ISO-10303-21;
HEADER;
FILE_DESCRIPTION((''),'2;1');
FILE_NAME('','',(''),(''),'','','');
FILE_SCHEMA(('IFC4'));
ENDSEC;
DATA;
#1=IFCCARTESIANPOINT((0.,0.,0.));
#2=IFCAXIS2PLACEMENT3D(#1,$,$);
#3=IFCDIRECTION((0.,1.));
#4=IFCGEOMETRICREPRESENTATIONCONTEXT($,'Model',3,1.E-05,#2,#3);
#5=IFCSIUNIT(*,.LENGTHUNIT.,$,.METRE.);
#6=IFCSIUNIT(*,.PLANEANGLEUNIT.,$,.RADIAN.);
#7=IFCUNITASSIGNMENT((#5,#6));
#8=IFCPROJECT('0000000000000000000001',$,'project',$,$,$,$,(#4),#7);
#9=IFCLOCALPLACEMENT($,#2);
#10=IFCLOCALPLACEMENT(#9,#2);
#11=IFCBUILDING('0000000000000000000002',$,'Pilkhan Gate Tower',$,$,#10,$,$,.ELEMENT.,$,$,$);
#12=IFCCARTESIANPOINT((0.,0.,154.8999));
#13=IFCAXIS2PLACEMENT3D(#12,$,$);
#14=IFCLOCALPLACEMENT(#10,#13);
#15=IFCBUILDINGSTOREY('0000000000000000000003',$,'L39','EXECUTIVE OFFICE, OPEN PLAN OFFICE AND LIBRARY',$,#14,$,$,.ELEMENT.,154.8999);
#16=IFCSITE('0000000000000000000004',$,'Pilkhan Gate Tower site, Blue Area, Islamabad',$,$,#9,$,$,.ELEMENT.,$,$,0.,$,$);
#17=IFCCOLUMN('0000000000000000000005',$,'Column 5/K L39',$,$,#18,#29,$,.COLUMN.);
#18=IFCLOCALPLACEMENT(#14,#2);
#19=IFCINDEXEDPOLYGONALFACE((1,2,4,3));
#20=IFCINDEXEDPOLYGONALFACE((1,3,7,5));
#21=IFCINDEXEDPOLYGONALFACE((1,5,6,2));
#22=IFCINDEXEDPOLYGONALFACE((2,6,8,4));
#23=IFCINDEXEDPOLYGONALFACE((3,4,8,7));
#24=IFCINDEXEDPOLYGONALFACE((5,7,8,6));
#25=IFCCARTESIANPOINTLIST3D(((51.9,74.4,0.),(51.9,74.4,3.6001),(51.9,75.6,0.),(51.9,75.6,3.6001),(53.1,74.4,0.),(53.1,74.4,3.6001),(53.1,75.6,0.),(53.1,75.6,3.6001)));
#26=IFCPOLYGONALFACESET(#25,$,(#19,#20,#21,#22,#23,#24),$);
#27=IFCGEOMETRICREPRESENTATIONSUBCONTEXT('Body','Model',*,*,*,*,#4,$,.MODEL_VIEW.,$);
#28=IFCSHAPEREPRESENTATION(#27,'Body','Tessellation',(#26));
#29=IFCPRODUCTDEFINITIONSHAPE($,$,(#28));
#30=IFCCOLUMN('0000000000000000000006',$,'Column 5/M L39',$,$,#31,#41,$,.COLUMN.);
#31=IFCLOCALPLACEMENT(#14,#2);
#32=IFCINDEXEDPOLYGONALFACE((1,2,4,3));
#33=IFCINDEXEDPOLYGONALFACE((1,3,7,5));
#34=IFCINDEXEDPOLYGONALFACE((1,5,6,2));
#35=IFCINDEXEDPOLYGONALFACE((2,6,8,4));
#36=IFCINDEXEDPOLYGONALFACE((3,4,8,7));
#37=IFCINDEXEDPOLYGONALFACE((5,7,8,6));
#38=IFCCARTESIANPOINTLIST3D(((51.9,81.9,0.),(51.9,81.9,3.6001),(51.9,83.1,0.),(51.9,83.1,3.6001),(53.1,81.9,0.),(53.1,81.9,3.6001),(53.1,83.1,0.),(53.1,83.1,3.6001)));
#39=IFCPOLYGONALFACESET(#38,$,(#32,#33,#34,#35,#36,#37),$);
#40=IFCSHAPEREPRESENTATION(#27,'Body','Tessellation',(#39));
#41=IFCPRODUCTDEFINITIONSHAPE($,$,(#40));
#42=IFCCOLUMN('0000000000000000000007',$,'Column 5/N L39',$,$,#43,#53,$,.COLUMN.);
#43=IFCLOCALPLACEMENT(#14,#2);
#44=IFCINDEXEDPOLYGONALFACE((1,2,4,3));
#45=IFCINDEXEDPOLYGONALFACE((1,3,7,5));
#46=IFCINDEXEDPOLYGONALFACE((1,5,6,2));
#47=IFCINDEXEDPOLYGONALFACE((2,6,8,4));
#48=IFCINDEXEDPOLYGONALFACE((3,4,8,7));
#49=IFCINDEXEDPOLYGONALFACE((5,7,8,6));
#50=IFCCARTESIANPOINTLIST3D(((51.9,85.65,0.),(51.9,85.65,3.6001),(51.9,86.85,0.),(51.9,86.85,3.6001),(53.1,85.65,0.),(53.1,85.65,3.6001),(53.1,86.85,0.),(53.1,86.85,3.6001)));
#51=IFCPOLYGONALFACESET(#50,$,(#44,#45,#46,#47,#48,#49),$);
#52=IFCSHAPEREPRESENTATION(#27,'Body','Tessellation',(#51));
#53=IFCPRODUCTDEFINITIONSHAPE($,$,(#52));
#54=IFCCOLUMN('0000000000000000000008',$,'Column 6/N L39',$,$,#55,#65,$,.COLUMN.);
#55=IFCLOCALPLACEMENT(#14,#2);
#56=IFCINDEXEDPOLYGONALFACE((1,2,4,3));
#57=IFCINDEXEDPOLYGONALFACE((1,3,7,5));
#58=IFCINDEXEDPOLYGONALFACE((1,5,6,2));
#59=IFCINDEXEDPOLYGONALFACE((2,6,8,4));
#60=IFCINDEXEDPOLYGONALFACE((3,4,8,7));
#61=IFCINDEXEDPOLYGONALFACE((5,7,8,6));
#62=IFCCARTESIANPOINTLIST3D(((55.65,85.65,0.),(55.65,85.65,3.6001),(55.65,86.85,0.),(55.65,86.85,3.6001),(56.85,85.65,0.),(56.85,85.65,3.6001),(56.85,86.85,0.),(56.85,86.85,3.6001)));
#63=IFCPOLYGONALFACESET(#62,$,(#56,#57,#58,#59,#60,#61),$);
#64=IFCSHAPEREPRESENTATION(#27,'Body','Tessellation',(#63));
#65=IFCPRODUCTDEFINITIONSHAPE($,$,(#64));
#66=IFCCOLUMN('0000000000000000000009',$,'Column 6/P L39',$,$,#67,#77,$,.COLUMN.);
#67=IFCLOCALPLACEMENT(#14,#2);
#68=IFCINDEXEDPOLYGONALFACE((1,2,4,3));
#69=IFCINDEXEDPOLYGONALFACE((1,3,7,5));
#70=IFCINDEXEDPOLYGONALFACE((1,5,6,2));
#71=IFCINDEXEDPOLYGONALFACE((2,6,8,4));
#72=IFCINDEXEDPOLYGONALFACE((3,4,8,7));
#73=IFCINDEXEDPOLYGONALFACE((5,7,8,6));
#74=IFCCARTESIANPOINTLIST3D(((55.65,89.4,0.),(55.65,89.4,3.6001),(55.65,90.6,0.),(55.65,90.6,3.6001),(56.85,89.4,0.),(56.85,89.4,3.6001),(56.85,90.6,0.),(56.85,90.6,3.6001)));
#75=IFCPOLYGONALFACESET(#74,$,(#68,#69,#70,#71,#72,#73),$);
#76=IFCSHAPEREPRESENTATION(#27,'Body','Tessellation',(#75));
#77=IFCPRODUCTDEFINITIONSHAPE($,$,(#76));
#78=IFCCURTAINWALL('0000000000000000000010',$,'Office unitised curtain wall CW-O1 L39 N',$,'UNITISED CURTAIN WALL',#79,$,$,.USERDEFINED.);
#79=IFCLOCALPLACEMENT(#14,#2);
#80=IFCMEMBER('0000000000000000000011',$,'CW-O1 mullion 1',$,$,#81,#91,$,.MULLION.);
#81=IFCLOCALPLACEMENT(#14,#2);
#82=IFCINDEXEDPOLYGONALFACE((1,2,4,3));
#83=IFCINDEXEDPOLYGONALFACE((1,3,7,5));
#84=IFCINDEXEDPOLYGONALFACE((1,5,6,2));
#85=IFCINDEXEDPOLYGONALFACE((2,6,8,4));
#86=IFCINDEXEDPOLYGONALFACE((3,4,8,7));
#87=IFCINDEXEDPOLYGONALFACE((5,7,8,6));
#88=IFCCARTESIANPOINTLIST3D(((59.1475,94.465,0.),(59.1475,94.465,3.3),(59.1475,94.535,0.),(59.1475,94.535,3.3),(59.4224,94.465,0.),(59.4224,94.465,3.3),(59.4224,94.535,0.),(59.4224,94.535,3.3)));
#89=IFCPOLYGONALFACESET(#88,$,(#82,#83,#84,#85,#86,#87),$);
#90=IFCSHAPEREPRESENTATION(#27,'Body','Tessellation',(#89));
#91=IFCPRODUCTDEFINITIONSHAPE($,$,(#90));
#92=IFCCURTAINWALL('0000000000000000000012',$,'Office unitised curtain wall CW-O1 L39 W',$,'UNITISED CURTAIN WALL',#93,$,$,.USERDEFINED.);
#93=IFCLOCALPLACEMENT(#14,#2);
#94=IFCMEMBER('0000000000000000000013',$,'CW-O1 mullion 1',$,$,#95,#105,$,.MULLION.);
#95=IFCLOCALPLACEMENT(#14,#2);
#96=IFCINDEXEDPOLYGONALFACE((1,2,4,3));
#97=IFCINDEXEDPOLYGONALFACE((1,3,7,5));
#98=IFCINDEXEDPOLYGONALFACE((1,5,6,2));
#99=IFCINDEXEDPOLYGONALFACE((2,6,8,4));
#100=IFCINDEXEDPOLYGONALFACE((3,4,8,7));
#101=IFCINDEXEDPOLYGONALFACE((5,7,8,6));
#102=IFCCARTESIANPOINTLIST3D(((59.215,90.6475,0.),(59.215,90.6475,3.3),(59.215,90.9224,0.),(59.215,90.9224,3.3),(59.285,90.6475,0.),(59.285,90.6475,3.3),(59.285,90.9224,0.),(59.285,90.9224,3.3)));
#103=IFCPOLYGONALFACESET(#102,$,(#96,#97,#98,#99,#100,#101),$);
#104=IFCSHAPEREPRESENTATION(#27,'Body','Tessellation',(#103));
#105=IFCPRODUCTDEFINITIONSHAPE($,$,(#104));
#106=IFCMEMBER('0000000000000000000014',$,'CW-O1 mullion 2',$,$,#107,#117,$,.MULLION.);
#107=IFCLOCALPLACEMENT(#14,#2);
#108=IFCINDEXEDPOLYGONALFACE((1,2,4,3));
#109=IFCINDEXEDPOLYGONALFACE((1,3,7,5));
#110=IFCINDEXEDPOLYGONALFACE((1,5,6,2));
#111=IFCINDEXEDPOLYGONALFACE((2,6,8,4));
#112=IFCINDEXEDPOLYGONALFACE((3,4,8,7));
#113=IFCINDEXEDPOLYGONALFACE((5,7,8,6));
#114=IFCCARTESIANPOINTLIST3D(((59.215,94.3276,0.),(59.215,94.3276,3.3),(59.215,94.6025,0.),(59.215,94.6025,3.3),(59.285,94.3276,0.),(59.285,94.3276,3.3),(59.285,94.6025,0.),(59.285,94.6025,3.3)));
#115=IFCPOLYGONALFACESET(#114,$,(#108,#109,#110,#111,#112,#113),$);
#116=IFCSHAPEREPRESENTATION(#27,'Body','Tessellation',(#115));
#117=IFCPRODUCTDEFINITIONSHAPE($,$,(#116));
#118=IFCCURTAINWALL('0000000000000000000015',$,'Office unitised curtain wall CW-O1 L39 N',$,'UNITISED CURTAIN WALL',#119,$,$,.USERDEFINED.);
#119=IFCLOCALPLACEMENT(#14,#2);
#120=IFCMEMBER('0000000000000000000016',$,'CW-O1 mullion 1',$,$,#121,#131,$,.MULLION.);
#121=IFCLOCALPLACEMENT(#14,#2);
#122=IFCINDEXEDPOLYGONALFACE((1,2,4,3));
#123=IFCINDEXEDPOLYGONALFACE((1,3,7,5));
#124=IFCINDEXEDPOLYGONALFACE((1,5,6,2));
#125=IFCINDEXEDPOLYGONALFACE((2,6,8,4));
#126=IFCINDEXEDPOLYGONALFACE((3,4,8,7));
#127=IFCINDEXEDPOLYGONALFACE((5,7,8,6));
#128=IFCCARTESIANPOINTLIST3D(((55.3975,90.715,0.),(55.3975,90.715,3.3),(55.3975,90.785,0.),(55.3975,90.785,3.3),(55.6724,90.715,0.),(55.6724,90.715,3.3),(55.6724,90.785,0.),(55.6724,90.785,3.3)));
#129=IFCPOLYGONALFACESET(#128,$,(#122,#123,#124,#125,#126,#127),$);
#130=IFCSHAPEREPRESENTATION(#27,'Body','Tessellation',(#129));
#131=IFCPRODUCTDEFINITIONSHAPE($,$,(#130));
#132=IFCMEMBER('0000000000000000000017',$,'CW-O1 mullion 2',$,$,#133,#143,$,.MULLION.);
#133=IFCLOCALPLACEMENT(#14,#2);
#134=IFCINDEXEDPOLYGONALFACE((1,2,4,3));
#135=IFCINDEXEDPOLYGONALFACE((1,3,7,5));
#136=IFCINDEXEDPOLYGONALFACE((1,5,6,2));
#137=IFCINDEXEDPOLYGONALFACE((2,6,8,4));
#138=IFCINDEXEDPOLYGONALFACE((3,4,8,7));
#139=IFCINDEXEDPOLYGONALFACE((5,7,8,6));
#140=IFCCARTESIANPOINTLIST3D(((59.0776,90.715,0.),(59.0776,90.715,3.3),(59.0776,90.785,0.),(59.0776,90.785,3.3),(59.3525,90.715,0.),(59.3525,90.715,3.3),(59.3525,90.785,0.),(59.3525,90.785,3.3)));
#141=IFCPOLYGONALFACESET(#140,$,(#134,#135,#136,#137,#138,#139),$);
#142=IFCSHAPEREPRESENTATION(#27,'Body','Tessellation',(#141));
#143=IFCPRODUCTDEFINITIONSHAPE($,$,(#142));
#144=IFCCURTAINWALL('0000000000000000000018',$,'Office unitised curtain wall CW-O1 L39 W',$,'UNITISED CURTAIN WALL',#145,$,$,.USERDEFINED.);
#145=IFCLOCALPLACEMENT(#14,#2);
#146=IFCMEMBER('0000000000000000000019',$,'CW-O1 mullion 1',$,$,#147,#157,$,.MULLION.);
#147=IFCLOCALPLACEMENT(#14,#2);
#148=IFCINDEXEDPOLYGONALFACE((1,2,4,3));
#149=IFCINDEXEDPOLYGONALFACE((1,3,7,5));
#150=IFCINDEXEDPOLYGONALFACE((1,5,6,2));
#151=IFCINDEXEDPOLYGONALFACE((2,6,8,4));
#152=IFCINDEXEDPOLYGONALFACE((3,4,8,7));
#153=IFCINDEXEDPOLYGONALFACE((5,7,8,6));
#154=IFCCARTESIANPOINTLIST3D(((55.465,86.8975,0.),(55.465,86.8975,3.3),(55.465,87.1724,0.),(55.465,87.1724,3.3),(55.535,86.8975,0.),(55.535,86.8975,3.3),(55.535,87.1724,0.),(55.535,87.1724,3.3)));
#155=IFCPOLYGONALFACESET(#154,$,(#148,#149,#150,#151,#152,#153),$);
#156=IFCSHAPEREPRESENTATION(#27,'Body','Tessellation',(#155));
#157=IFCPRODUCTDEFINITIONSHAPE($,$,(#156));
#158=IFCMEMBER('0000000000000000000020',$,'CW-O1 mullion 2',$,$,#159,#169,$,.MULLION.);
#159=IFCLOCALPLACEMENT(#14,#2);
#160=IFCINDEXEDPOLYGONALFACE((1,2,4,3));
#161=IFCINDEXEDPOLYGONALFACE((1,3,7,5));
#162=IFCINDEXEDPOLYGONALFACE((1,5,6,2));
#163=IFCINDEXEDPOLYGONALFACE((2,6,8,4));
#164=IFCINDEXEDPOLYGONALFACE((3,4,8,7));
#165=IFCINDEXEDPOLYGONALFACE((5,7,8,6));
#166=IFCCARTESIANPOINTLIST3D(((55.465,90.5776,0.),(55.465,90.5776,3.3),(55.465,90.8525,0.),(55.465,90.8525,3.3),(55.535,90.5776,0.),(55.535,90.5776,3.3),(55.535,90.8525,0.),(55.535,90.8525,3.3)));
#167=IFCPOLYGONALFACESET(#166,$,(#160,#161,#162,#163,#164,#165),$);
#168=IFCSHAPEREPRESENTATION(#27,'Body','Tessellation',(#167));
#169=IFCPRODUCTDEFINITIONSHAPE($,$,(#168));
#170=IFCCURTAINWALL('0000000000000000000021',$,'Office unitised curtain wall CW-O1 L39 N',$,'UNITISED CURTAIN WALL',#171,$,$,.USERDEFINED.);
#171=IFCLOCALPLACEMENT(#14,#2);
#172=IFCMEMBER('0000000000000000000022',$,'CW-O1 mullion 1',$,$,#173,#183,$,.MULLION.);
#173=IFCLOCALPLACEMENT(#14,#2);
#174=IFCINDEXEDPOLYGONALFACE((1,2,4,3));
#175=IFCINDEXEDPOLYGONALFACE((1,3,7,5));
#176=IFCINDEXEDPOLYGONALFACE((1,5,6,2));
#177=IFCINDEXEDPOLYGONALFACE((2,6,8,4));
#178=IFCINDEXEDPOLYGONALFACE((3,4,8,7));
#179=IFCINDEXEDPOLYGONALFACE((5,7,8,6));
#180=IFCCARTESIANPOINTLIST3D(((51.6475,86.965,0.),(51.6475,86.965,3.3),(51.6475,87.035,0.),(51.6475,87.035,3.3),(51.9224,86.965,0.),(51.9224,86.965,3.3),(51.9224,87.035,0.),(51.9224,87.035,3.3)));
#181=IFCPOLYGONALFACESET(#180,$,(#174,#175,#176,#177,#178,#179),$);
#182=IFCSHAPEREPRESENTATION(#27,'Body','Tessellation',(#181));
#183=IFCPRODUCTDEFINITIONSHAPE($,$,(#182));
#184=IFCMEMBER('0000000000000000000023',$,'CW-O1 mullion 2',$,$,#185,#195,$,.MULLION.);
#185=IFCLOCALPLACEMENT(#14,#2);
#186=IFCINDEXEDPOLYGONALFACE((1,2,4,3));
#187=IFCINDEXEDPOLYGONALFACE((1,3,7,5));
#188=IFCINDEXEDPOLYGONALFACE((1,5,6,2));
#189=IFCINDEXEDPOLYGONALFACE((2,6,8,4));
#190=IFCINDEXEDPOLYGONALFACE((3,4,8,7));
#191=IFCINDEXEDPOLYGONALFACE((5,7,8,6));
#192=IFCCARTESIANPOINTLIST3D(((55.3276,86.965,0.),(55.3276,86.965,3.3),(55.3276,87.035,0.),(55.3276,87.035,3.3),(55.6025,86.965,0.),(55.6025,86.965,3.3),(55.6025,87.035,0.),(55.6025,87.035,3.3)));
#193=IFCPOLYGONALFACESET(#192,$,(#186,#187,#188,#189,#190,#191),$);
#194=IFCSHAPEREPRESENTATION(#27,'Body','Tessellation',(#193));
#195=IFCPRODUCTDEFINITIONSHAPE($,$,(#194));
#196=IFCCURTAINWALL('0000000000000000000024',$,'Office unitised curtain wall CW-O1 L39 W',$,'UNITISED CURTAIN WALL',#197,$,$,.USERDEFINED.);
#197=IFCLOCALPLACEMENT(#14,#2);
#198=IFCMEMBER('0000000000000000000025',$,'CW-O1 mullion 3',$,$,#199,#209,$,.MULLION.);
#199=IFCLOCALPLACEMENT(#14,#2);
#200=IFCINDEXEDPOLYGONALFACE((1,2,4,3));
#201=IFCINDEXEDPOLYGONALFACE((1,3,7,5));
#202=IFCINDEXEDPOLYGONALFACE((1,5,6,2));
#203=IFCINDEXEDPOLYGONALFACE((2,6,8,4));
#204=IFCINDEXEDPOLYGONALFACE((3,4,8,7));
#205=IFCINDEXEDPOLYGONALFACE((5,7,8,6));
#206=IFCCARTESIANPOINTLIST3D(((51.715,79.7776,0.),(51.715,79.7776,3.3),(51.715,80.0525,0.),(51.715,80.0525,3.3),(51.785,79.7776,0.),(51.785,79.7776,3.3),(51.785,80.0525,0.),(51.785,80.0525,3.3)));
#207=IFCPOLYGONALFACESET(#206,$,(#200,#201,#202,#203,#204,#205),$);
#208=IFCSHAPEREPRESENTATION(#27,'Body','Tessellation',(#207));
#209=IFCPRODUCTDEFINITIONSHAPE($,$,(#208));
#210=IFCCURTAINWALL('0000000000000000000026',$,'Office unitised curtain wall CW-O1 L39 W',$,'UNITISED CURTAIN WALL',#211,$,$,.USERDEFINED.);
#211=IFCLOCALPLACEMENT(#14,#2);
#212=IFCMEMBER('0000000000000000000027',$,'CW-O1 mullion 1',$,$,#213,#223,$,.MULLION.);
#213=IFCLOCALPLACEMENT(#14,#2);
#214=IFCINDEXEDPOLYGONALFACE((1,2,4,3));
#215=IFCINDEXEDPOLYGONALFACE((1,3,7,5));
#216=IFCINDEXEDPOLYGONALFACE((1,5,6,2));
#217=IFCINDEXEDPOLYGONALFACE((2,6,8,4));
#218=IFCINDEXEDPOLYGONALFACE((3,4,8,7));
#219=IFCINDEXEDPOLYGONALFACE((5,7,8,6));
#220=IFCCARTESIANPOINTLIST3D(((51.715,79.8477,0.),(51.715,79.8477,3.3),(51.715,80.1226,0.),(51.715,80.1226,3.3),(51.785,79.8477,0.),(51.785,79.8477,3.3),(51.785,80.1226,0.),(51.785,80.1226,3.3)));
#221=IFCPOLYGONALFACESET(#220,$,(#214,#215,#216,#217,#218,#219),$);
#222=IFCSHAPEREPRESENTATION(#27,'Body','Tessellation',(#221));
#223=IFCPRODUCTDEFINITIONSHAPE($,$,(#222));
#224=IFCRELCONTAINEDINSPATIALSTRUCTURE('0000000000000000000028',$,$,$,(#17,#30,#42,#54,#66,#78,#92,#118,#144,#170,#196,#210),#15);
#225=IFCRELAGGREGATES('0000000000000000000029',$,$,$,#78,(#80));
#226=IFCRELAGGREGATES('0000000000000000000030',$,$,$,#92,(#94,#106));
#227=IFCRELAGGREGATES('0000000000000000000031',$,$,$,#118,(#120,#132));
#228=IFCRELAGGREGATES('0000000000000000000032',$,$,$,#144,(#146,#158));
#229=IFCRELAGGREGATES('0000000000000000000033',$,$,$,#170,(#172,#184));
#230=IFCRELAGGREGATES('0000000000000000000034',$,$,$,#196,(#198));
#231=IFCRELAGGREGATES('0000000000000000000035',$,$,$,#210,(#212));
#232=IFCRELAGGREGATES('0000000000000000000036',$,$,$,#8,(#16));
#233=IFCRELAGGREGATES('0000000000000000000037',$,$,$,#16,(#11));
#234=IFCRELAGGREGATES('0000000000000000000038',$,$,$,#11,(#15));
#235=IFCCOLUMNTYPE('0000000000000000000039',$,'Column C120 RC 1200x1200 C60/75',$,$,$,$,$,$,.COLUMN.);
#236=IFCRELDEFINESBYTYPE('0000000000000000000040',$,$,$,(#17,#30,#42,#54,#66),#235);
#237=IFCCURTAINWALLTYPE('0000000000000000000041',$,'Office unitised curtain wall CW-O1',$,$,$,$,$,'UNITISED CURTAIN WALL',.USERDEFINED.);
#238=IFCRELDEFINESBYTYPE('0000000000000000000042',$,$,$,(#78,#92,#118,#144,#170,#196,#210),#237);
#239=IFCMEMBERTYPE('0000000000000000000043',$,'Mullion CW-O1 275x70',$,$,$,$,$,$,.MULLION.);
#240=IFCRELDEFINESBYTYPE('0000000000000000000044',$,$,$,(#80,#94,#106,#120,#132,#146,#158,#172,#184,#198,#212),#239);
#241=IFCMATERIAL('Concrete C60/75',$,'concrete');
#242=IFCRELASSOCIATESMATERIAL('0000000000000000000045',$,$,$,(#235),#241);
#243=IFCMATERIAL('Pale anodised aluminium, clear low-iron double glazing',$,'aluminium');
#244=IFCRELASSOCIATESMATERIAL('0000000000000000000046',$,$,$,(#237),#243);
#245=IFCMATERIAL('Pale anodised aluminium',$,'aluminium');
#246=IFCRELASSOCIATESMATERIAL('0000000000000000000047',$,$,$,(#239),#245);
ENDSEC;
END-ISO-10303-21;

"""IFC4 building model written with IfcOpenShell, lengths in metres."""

from ifc_helpers import new_model, si_unit, direction, frame, origin, origin_2d, place, context, subcontext, project, spatial, rectangle, extrude, material, material_profile, profile_set, type_object, element, aggregate, save


model = new_model("IFC4")

# Units and contexts
model_context = context("Model", 3, precision=1e-05, world=origin(), true_north=direction((0.0, 1.0)))
body_context = subcontext(model_context, "Body", "Model", "MODEL_VIEW")
ifc_project = project(units=[si_unit("LENGTHUNIT", "METRE"), si_unit("PLANEANGLEUNIT", "RADIAN")], contexts=[model_context])

# Site, building, storey
site_placement = place(None, origin())
site = spatial("IfcSite", under=ifc_project, at=site_placement, Name="Pilkhan Gate Tower site, Blue Area, Islamabad", CompositionType="ELEMENT", RefElevation=0.0)
building_placement = place(site_placement, origin())
building = spatial("IfcBuilding", under=site, at=building_placement, Name="Pilkhan Gate Tower", CompositionType="ELEMENT")
storey_placement = place(building_placement, frame((0.0, 0.0, 154.8999)))
storey = spatial("IfcBuildingStorey", under=building, at=storey_placement, Name="L39", Description="EXECUTIVE OFFICE, OPEN PLAN OFFICE AND LIBRARY", CompositionType="ELEMENT", Elevation=154.8999)

# Columns
ifc_material_1 = material(Name="Concrete C60/75", Category="concrete")
ifc_material_profile_1 = material_profile(ifc_material_1, rectangle(XDim=1.2, YDim=1.2, at=origin_2d()), Name="RC 1200x1200")
ifc_profile_set_1 = profile_set([ifc_material_profile_1], Name="Concrete C60/75")
column_type = type_object("IfcColumnType", Name="Column C120 RC 1200x1200 C60/75", PredefinedType="COLUMN", material=ifc_profile_set_1)
for number, where, z_axis, x_axis, name in (
    (1, (52.5, 75.0, 0.0), (0.0, 0.0, 1.0), (1.0, 0.0, 0.0), "Column 5/K L39"),
    (2, (52.5, 82.5, 0.0), (0.0, 0.0, 1.0), (1.0, 0.0, 0.0), "Column 5/M L39"),
    (3, (52.5, 86.25, 0.0), (0.0, 0.0, 1.0), (1.0, 0.0, 0.0), "Column 5/N L39"),
    (4, (56.25, 86.25, 0.0), (0.0, 0.0, 1.0), (1.0, 0.0, 0.0), "Column 6/N L39"),
    (5, (56.25, 90.0, 0.0), (0.0, 0.0, 1.0), (1.0, 0.0, 0.0), "Column 6/P L39"),
):
    element("IfcColumn", number, at=place(storey_placement, frame(where, z_axis=z_axis, x_axis=x_axis)), inside=storey, type_object=column_type, Name=name, PredefinedType="COLUMN", context=body_context, shape_type="SweptSolid", body=[
        extrude(rectangle(XDim=1.2, YDim=1.2, at=origin_2d()), origin(), (0.0, 0.0, 1.0), 3.6001),
    ])

# Curtain wall, member
ifc_material_2 = material(Name="Pale anodised aluminium, clear low-iron double glazing", Category="aluminium")
curtain_wall_type = type_object("IfcCurtainWallType", Name="Office unitised curtain wall CW-O1", ElementType="UNITISED CURTAIN WALL", PredefinedType="USERDEFINED", material=ifc_material_2)
curtain_wall_1_placement = place(storey_placement, origin())
curtain_wall_1 = element("IfcCurtainWall", 6, at=curtain_wall_1_placement, inside=storey, type_object=curtain_wall_type, Name="Office unitised curtain wall CW-O1 L39 N", ObjectType="UNITISED CURTAIN WALL", PredefinedType="USERDEFINED")
ifc_material_3 = material(Name="Pale anodised aluminium", Category="aluminium")
ifc_material_profile_2 = material_profile(ifc_material_3, rectangle(XDim=0.0701, YDim=0.2749, at=origin_2d()), Name="Mullion 275x70")
ifc_profile_set_2 = profile_set([ifc_material_profile_2], Name="Pale anodised aluminium")
member_type_1 = type_object("IfcMemberType", Name="Mullion CW-O1 275x70", PredefinedType="MULLION", material=ifc_profile_set_2)
member_1_placement = place(storey_placement, frame((59.2849, 94.5, 0.0), z_axis=(0.0, 0.0, 1.0), x_axis=(0.0, 1.0, 0.0)))
member_1 = element("IfcMember", 7, at=member_1_placement, type_object=member_type_1, Name="CW-O1 mullion 1", PredefinedType="MULLION", context=body_context, shape_type="SweptSolid", body=[
    extrude(rectangle(XDim=0.0701, YDim=0.2749, at=origin_2d()), origin(), (0.0, 0.0, 1.0), 3.3),
])

# Curtain walls, members
curtain_wall_2_placement = place(storey_placement, origin())
curtain_wall_2 = element("IfcCurtainWall", 8, at=curtain_wall_2_placement, inside=storey, type_object=curtain_wall_type, Name="Office unitised curtain wall CW-O1 L39 W", ObjectType="UNITISED CURTAIN WALL", PredefinedType="USERDEFINED")
member_2_placement = place(storey_placement, frame((59.25, 90.7849, 0.0), z_axis=(0.0, 0.0, 1.0), x_axis=(-1.0, 0.0, 0.0)))
member_2 = element("IfcMember", 9, at=member_2_placement, type_object=member_type_1, Name="CW-O1 mullion 1", PredefinedType="MULLION", context=body_context, shape_type="SweptSolid", body=[
    extrude(rectangle(XDim=0.0701, YDim=0.2749, at=origin_2d()), origin(), (0.0, 0.0, 1.0), 3.3),
])
member_3_placement = place(storey_placement, frame((59.25, 94.4651, 0.0), z_axis=(0.0, 0.0, 1.0), x_axis=(-1.0, 0.0, 0.0)))
member_3 = element("IfcMember", 10, at=member_3_placement, type_object=member_type_1, Name="CW-O1 mullion 2", PredefinedType="MULLION", context=body_context, shape_type="SweptSolid", body=[
    extrude(rectangle(XDim=0.0701, YDim=0.2749, at=origin_2d()), origin(), (0.0, 0.0, 1.0), 3.3),
])
curtain_wall_3_placement = place(storey_placement, origin())
curtain_wall_3 = element("IfcCurtainWall", 11, at=curtain_wall_3_placement, inside=storey, type_object=curtain_wall_type, Name="Office unitised curtain wall CW-O1 L39 N", ObjectType="UNITISED CURTAIN WALL", PredefinedType="USERDEFINED")
member_4_placement = place(storey_placement, frame((55.5349, 90.75, 0.0), z_axis=(0.0, 0.0, 1.0), x_axis=(0.0, 1.0, 0.0)))
member_4 = element("IfcMember", 12, at=member_4_placement, type_object=member_type_1, Name="CW-O1 mullion 1", PredefinedType="MULLION", context=body_context, shape_type="SweptSolid", body=[
    extrude(rectangle(XDim=0.0701, YDim=0.2749, at=origin_2d()), origin(), (0.0, 0.0, 1.0), 3.3),
])
member_5_placement = place(storey_placement, frame((59.2151, 90.75, 0.0), z_axis=(0.0, 0.0, 1.0), x_axis=(0.0, 1.0, 0.0)))
member_5 = element("IfcMember", 13, at=member_5_placement, type_object=member_type_1, Name="CW-O1 mullion 2", PredefinedType="MULLION", context=body_context, shape_type="SweptSolid", body=[
    extrude(rectangle(XDim=0.0701, YDim=0.2749, at=origin_2d()), origin(), (0.0, 0.0, 1.0), 3.3),
])
curtain_wall_4_placement = place(storey_placement, origin())
curtain_wall_4 = element("IfcCurtainWall", 14, at=curtain_wall_4_placement, inside=storey, type_object=curtain_wall_type, Name="Office unitised curtain wall CW-O1 L39 W", ObjectType="UNITISED CURTAIN WALL", PredefinedType="USERDEFINED")
member_6_placement = place(storey_placement, frame((55.5, 87.0349, 0.0), z_axis=(0.0, 0.0, 1.0), x_axis=(-1.0, 0.0, 0.0)))
member_6 = element("IfcMember", 15, at=member_6_placement, type_object=member_type_1, Name="CW-O1 mullion 1", PredefinedType="MULLION", context=body_context, shape_type="SweptSolid", body=[
    extrude(rectangle(XDim=0.0701, YDim=0.2749, at=origin_2d()), origin(), (0.0, 0.0, 1.0), 3.3),
])
member_7_placement = place(storey_placement, frame((55.5, 90.7151, 0.0), z_axis=(0.0, 0.0, 1.0), x_axis=(-1.0, 0.0, 0.0)))
member_7 = element("IfcMember", 16, at=member_7_placement, type_object=member_type_1, Name="CW-O1 mullion 2", PredefinedType="MULLION", context=body_context, shape_type="SweptSolid", body=[
    extrude(rectangle(XDim=0.0701, YDim=0.2749, at=origin_2d()), origin(), (0.0, 0.0, 1.0), 3.3),
])
curtain_wall_5_placement = place(storey_placement, origin())
curtain_wall_5 = element("IfcCurtainWall", 17, at=curtain_wall_5_placement, inside=storey, type_object=curtain_wall_type, Name="Office unitised curtain wall CW-O1 L39 N", ObjectType="UNITISED CURTAIN WALL", PredefinedType="USERDEFINED")
member_8_placement = place(storey_placement, frame((51.7849, 87.0, 0.0), z_axis=(0.0, 0.0, 1.0), x_axis=(0.0, 1.0, 0.0)))
member_8 = element("IfcMember", 18, at=member_8_placement, type_object=member_type_1, Name="CW-O1 mullion 1", PredefinedType="MULLION", context=body_context, shape_type="SweptSolid", body=[
    extrude(rectangle(XDim=0.0701, YDim=0.2749, at=origin_2d()), origin(), (0.0, 0.0, 1.0), 3.3),
])
member_9_placement = place(storey_placement, frame((55.4651, 87.0, 0.0), z_axis=(0.0, 0.0, 1.0), x_axis=(0.0, 1.0, 0.0)))
member_9 = element("IfcMember", 19, at=member_9_placement, type_object=member_type_1, Name="CW-O1 mullion 2", PredefinedType="MULLION", context=body_context, shape_type="SweptSolid", body=[
    extrude(rectangle(XDim=0.0701, YDim=0.2749, at=origin_2d()), origin(), (0.0, 0.0, 1.0), 3.3),
])

# Curtain wall, member
curtain_wall_6_placement = place(storey_placement, origin())
curtain_wall_6 = element("IfcCurtainWall", 20, at=curtain_wall_6_placement, inside=storey, type_object=curtain_wall_type, Name="Office unitised curtain wall CW-O1 L39 W", ObjectType="UNITISED CURTAIN WALL", PredefinedType="USERDEFINED")
member_10_placement = place(storey_placement, frame((51.75, 79.915, 0.0), z_axis=(0.0, 0.0, 1.0), x_axis=(-1.0, 0.0, 0.0)))
member_10 = element("IfcMember", 21, at=member_10_placement, type_object=member_type_1, Name="CW-O1 mullion 3", PredefinedType="MULLION", context=body_context, shape_type="SweptSolid", body=[
    extrude(rectangle(XDim=0.0701, YDim=0.2749, at=origin_2d()), origin(), (0.0, 0.0, 1.0), 3.3),
])

# Curtain wall, member
curtain_wall_7_placement = place(storey_placement, origin())
curtain_wall_7 = element("IfcCurtainWall", 22, at=curtain_wall_7_placement, inside=storey, type_object=curtain_wall_type, Name="Office unitised curtain wall CW-O1 L39 W", ObjectType="UNITISED CURTAIN WALL", PredefinedType="USERDEFINED")
member_11_placement = place(storey_placement, frame((51.75, 79.9851, 0.0), z_axis=(0.0, 0.0, 1.0), x_axis=(-1.0, 0.0, 0.0)))
member_11 = element("IfcMember", 23, at=member_11_placement, type_object=member_type_1, Name="CW-O1 mullion 1", PredefinedType="MULLION", context=body_context, shape_type="SweptSolid", body=[
    extrude(rectangle(XDim=0.0701, YDim=0.2749, at=origin_2d()), origin(), (0.0, 0.0, 1.0), 3.3),
])

aggregate(curtain_wall_1, [member_1])

aggregate(curtain_wall_2, [member_2, member_3])
aggregate(curtain_wall_3, [member_4, member_5])
aggregate(curtain_wall_4, [member_6, member_7])
aggregate(curtain_wall_5, [member_8, member_9])
aggregate(curtain_wall_6, [member_10])
aggregate(curtain_wall_7, [member_11])

save(model, "model.ifc")
